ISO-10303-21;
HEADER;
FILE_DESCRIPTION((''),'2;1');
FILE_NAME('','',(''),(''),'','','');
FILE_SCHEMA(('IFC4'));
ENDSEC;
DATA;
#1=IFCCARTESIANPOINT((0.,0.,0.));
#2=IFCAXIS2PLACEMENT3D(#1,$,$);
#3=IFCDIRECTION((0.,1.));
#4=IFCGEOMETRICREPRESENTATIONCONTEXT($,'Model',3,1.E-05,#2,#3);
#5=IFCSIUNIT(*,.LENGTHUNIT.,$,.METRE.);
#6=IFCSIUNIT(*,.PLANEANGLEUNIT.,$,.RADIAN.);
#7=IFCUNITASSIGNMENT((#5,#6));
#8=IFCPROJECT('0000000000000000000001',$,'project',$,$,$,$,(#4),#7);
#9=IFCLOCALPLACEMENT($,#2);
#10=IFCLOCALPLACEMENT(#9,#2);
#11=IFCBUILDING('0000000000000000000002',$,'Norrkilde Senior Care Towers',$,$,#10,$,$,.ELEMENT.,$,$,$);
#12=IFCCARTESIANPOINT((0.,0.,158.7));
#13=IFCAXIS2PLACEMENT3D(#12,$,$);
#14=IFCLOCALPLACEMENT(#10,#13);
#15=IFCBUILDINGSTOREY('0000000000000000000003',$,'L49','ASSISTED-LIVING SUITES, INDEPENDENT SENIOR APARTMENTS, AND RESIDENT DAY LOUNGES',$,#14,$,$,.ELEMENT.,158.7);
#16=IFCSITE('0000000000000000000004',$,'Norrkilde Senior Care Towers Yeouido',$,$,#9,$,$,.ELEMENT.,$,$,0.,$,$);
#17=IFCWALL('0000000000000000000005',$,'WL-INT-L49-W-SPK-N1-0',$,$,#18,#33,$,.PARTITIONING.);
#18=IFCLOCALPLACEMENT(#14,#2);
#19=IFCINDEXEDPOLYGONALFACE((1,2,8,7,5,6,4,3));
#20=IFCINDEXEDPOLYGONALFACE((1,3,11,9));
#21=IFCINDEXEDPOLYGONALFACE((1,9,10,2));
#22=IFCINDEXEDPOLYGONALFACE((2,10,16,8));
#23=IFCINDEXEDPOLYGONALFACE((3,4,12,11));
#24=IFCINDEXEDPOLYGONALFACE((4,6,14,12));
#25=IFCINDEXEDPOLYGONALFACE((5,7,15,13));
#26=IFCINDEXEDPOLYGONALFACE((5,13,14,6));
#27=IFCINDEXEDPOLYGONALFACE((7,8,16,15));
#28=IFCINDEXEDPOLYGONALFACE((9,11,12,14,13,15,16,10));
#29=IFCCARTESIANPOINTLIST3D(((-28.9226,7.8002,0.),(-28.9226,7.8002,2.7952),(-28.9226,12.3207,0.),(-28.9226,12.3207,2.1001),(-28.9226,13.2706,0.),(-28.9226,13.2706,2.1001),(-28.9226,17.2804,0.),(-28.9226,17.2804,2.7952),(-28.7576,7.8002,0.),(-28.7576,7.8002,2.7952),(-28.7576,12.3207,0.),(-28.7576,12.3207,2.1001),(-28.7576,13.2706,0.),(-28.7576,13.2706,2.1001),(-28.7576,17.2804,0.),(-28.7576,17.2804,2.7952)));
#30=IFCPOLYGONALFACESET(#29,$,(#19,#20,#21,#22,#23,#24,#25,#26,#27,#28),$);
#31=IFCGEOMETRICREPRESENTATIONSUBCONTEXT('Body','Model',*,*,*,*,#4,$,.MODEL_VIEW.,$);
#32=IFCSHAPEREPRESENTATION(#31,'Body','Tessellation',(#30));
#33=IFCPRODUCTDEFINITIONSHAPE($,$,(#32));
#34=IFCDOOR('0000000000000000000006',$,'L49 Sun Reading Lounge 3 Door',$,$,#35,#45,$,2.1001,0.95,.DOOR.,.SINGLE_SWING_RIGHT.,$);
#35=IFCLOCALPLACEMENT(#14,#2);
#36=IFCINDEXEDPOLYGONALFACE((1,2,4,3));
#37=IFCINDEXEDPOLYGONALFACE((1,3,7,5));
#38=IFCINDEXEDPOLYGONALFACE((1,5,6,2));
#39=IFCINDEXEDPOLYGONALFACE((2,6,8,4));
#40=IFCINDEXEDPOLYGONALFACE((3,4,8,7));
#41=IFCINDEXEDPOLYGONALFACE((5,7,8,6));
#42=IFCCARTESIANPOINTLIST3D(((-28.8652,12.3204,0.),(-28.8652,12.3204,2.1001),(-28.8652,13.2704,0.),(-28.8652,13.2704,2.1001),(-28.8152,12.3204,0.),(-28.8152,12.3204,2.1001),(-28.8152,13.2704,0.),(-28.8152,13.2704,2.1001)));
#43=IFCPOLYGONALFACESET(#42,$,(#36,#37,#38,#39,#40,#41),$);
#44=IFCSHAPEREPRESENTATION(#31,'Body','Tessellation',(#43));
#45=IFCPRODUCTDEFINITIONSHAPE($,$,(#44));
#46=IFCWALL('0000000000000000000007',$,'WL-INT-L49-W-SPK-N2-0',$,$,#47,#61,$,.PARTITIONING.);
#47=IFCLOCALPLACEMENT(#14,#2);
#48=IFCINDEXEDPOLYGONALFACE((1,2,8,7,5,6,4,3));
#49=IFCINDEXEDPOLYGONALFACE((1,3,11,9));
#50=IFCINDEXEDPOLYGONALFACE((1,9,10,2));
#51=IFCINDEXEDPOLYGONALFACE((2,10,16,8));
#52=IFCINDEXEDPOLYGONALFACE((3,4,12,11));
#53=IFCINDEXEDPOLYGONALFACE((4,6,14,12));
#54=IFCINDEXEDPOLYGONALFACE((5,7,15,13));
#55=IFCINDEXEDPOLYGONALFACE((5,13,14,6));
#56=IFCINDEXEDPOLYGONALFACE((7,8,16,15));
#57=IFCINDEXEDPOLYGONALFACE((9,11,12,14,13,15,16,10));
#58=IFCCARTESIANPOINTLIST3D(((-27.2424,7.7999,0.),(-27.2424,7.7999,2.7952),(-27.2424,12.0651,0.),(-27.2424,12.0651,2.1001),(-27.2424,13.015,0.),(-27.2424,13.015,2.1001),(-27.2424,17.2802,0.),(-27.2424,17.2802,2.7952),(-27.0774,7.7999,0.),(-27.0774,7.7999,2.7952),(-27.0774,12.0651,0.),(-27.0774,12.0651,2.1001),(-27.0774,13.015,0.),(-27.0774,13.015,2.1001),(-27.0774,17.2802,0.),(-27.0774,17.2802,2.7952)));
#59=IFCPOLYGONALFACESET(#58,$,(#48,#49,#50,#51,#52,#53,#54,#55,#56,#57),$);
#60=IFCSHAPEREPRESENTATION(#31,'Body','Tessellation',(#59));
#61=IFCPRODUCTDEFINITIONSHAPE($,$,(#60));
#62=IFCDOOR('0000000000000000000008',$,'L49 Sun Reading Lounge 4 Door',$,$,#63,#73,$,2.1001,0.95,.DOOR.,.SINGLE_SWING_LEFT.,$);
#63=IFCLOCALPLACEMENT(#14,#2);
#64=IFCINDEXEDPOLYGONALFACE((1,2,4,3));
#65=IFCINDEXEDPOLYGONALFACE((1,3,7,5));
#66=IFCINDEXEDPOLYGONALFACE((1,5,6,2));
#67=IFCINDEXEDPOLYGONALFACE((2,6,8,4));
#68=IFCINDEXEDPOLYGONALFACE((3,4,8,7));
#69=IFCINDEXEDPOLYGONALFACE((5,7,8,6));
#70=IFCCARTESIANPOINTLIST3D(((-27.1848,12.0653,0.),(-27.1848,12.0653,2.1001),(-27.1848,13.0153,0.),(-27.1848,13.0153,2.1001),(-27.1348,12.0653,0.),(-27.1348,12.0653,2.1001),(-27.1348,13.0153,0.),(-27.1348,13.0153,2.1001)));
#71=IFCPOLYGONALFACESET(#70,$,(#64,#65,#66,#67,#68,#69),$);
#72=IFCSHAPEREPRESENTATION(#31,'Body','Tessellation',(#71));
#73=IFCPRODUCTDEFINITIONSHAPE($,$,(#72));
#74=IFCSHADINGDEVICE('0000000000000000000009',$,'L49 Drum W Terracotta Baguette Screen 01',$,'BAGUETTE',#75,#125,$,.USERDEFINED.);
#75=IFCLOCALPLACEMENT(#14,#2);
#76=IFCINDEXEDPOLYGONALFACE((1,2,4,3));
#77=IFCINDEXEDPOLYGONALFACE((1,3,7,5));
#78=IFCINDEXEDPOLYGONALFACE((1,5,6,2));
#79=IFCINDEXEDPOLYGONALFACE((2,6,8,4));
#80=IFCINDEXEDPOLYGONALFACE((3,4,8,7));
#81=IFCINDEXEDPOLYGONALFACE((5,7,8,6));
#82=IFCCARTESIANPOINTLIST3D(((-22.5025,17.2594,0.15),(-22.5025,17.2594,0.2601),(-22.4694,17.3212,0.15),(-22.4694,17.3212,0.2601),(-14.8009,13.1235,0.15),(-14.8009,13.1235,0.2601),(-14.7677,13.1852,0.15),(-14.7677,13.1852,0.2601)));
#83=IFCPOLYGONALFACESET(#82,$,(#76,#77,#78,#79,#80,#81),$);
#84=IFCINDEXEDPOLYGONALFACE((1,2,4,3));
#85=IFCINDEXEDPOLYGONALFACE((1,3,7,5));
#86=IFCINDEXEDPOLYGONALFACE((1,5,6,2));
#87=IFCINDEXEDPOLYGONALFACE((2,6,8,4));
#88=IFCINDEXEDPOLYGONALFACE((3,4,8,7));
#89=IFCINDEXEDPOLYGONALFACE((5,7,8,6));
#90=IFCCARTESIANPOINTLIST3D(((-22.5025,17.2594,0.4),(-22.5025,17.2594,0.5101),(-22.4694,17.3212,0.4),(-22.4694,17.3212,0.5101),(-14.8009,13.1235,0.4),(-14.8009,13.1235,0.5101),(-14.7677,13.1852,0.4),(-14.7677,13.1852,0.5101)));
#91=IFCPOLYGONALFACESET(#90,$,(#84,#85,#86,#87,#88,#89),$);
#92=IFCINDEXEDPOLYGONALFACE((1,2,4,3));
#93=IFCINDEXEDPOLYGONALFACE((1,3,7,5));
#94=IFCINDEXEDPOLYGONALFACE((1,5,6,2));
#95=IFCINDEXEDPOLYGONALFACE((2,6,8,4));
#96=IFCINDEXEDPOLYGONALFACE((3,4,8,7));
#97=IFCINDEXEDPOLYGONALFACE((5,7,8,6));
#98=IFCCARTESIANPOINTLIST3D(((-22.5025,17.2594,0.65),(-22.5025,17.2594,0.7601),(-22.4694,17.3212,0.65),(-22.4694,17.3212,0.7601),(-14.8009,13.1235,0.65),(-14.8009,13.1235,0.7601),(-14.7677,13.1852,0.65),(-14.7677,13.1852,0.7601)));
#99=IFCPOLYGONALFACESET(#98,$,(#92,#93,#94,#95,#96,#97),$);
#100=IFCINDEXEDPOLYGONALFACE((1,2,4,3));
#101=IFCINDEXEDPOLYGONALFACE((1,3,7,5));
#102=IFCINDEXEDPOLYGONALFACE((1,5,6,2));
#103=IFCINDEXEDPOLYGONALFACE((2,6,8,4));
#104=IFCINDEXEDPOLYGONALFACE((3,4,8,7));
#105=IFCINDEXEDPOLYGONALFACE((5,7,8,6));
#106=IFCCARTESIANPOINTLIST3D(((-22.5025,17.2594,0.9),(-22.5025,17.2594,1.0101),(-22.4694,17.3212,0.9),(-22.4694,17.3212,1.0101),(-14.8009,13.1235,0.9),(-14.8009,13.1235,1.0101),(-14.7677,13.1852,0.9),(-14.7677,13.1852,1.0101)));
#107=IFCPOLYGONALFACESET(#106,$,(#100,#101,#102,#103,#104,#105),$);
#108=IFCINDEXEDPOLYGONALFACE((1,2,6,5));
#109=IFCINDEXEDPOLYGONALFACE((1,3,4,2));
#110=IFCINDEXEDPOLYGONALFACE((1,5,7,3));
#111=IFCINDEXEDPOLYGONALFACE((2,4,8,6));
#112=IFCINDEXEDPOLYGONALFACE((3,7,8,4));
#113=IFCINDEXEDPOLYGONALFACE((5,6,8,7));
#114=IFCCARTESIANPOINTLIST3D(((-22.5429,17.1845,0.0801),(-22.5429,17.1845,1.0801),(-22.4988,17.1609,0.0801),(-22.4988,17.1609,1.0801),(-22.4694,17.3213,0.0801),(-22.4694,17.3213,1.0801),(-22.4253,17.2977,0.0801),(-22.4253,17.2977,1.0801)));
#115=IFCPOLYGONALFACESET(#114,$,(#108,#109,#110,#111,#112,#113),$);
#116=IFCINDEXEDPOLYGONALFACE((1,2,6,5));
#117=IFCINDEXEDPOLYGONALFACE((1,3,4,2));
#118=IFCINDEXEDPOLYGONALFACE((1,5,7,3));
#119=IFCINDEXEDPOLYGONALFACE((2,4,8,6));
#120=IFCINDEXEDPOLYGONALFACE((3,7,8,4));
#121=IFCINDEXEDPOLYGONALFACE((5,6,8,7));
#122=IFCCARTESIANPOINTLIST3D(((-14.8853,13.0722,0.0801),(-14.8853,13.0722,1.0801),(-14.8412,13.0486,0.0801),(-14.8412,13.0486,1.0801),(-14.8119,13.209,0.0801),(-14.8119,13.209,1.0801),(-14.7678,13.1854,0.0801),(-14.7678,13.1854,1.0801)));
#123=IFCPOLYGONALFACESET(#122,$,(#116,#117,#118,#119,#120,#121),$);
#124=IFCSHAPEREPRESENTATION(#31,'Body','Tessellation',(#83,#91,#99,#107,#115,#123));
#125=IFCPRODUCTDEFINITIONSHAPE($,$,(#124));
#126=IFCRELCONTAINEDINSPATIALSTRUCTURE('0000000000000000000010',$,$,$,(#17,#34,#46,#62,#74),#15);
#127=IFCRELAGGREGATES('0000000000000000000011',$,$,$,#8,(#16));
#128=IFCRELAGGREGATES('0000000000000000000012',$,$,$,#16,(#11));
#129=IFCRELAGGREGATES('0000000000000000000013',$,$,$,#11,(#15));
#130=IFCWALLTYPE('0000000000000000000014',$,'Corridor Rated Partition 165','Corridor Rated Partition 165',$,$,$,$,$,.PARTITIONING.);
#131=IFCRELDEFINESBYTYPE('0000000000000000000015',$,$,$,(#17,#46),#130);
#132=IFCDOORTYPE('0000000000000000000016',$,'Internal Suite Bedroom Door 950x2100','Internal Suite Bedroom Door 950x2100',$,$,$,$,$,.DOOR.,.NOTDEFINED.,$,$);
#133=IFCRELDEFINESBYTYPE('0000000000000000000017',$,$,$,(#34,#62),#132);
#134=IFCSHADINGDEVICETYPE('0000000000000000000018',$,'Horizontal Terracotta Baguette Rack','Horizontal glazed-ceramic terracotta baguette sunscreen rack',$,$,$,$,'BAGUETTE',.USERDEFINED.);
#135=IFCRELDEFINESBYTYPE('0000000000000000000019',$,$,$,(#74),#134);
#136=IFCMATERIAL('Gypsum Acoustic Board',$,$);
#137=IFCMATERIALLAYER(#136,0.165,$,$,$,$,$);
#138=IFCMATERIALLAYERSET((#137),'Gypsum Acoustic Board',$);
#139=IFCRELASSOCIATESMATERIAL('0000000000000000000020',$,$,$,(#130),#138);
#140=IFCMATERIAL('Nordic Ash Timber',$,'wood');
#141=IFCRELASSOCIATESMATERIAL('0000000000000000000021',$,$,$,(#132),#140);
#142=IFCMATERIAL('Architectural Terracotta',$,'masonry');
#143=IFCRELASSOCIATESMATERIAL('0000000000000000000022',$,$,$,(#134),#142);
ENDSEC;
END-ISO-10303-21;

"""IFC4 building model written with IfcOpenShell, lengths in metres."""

from ifc_helpers import new_model, si_unit, direction, frame, frame_2d, origin, origin_2d, place, context, subcontext, project, spatial, rectangle, extrude, source, transform, mapped, material, layer, layer_set, type_object, type_shapes, element, fill, save


model = new_model("IFC4")

# Units and contexts
model_context = context("Model", 3, precision=1e-05, world=origin(), true_north=direction((0.0, 1.0)))
body_context = subcontext(model_context, "Body", "Model", "MODEL_VIEW")
ifc_project = project(units=[si_unit("LENGTHUNIT", "METRE"), si_unit("PLANEANGLEUNIT", "RADIAN")], contexts=[model_context])

# Site, building, storey
site_placement = place(None, origin())
site = spatial("IfcSite", under=ifc_project, at=site_placement, Name="Norrkilde Senior Care Towers Yeouido", CompositionType="ELEMENT", RefElevation=0.0)
building_placement = place(site_placement, origin())
building = spatial("IfcBuilding", under=site, at=building_placement, Name="Norrkilde Senior Care Towers", CompositionType="ELEMENT")
storey_placement = place(building_placement, frame((0.0, 0.0, 158.7)))
storey = spatial("IfcBuildingStorey", under=building, at=storey_placement, Name="L49", Description="ASSISTED-LIVING SUITES, INDEPENDENT SENIOR APARTMENTS, AND RESIDENT DAY LOUNGES", CompositionType="ELEMENT", Elevation=158.7)

# Shared definitions
ifc_material_1 = material(Name="Gypsum Acoustic Board")
ifc_layer_1 = layer(ifc_material_1, 0.165)
ifc_layer_set_1 = layer_set([ifc_layer_1], Name="Gypsum Acoustic Board")
wall_type_1 = type_object("IfcWallType", Name="Corridor Rated Partition 165", Description="Corridor Rated Partition 165", PredefinedType="PARTITIONING", material=ifc_layer_set_1)

# Walls, openings, doors
ifc_material_2 = material(Name="Nordic Ash Timber", Category="wood")
shared_shape_1 = source(origin(), body_context, "Body", "SweptSolid", [
    extrude(rectangle(XDim=9.4802, YDim=0.165, at=frame_2d((4.7402, 0.0))), origin(), (0.0, 0.0, 1.0), 2.7952),
])
wall_1_placement = place(storey_placement, frame((-28.8401, 7.8, 0.0), z_axis=(0.0, 0.0, 1.0), x_axis=(0.0, 1.0, 0.0)))
wall_1 = element("IfcWall", 1, at=wall_1_placement, inside=storey, type_object=wall_type_1, Name="WL-INT-L49-W-SPK-N1-0", PredefinedType="PARTITIONING", context=body_context, shape_type="MappedRepresentation", body=[
    mapped(shared_shape_1, transform((0.0, 0.0, 0.0), x_axis=(1.0, 0.0, 0.0), y_axis=(0.0, 1.0, 0.0), z_axis=(0.0, 0.0, 1.0), scale=1.0)),
])
opening_1_placement = place(wall_1_placement, frame((4.5205, 0.0, 0.0)))
opening_1 = element("IfcOpeningElement", 2, at=opening_1_placement, cuts=wall_1, PredefinedType="OPENING", context=body_context, shape_type="SweptSolid", body=[
    extrude(rectangle(XDim=0.95, YDim=2.1001, at=frame_2d((0.4751, 1.05))), frame((0.0, 0.0925, 0.0), z_axis=(0.0, -1.0, 0.0), x_axis=(1.0, 0.0, 0.0)), (0.0, 0.0, 1.0), 0.1851),
])
door_type_1 = type_object("IfcDoorType", Name="Internal Suite Bedroom Door 950x2100", Description="Internal Suite Bedroom Door 950x2100", OperationType="NOTDEFINED", PredefinedType="DOOR", material=ifc_material_2)
shared_shape_2 = source(origin(), body_context, "Body", "SweptSolid", [
    extrude(rectangle(XDim=0.95, YDim=2.1001, at=frame_2d((0.4751, 1.05))), frame((0.0, 0.0249, 0.0), z_axis=(0.0, -1.0, 0.0), x_axis=(1.0, 0.0, 0.0)), (0.0, 0.0, 1.0), 0.05),
])
type_shapes(door_type_1, [shared_shape_2])
door_1_placement = place(opening_1_placement, frame((0.95, 0.0, 0.0), z_axis=(0.0, 0.0, 1.0), x_axis=(-1.0, 0.0, 0.0)))
door_1 = element("IfcDoor", 3, at=door_1_placement, inside=storey, type_object=door_type_1, Name="L49 Sun Reading Lounge 3 Door", OperationType="SINGLE_SWING_RIGHT", OverallHeight=2.1001, OverallWidth=0.95, PredefinedType="DOOR", context=body_context, shape_type="MappedRepresentation", body=[
    mapped(shared_shape_2, transform((0.0, 0.0, 0.0), x_axis=(1.0, 0.0, 0.0), y_axis=(0.0, 1.0, 0.0), z_axis=(0.0, 0.0, 1.0), scale=1.0)),
])
fill(opening_1, door_1)
wall_2_placement = place(storey_placement, frame((-27.1599, 17.2803, 0.0), z_axis=(0.0, 0.0, 1.0), x_axis=(0.0, -1.0, 0.0)))
wall_2 = element("IfcWall", 4, at=wall_2_placement, inside=storey, type_object=wall_type_1, Name="WL-INT-L49-W-SPK-N2-0", PredefinedType="PARTITIONING", context=body_context, shape_type="MappedRepresentation", body=[
    mapped(shared_shape_1, transform((0.0, 0.0, 0.0), x_axis=(1.0, 0.0, 0.0), y_axis=(0.0, 1.0, 0.0), z_axis=(0.0, 0.0, 1.0), scale=1.0)),
])
opening_2_placement = place(wall_2_placement, frame((4.2651, 0.0, 0.0)))
opening_2 = element("IfcOpeningElement", 5, at=opening_2_placement, cuts=wall_2, PredefinedType="OPENING", context=body_context, shape_type="SweptSolid", body=[
    extrude(rectangle(XDim=0.95, YDim=2.1001, at=frame_2d((0.4751, 1.05))), frame((0.0, 0.0925, 0.0), z_axis=(0.0, -1.0, 0.0), x_axis=(1.0, 0.0, 0.0)), (0.0, 0.0, 1.0), 0.1851),
])
door_2_placement = place(opening_2_placement, frame((0.95, 0.0, 0.0), z_axis=(0.0, 0.0, 1.0), x_axis=(-1.0, 0.0, 0.0)))
door_2 = element("IfcDoor", 6, at=door_2_placement, inside=storey, type_object=door_type_1, Name="L49 Sun Reading Lounge 4 Door", OperationType="SINGLE_SWING_LEFT", OverallHeight=2.1001, OverallWidth=0.95, PredefinedType="DOOR", context=body_context, shape_type="MappedRepresentation", body=[
    mapped(shared_shape_2, transform((0.0, 0.0, 0.0), x_axis=(1.0, 0.0, 0.0), y_axis=(0.0, 1.0, 0.0), z_axis=(0.0, 0.0, 1.0), scale=1.0)),
])
fill(opening_2, door_2)

# Shading device
ifc_material_3 = material(Name="Architectural Terracotta", Category="masonry")
shading_device_type = type_object("IfcShadingDeviceType", Name="Horizontal Terracotta Baguette Rack", Description="Horizontal glazed-ceramic terracotta baguette sunscreen rack", ElementType="BAGUETTE", PredefinedType="USERDEFINED", material=ifc_material_3)
shared_shape_3 = source(origin(), body_context, "Body", "SweptSolid", [
    extrude(rectangle(XDim=0.0701, YDim=0.1101, at=origin_2d()), frame((0.0, 0.0901, 0.125), z_axis=(1.0, 0.0, 0.0), x_axis=(0.0, 1.0, 0.0)), (0.0, 0.0, 1.0), 8.7419),
    extrude(rectangle(XDim=0.0701, YDim=0.1101, at=origin_2d()), frame((0.0, 0.0901, 0.375), z_axis=(1.0, 0.0, 0.0), x_axis=(0.0, 1.0, 0.0)), (0.0, 0.0, 1.0), 8.7419),
    extrude(rectangle(XDim=0.0701, YDim=0.1101, at=origin_2d()), frame((0.0, 0.0901, 0.625), z_axis=(1.0, 0.0, 0.0), x_axis=(0.0, 1.0, 0.0)), (0.0, 0.0, 1.0), 8.7419),
    extrude(rectangle(XDim=0.0701, YDim=0.1101, at=origin_2d()), frame((0.0, 0.0901, 0.875), z_axis=(1.0, 0.0, 0.0), x_axis=(0.0, 1.0, 0.0)), (0.0, 0.0, 1.0), 8.7419),
    extrude(rectangle(XDim=0.05, YDim=0.1553, at=origin_2d()), frame((0.0249, 0.0476, 0.0)), (0.0, 0.0, 1.0), 1.0),
    extrude(rectangle(XDim=0.05, YDim=0.1553, at=origin_2d()), frame((8.7168, 0.0476, 0.0)), (0.0, 0.0, 1.0), 1.0),
])
type_shapes(shading_device_type, [shared_shape_3])
shading_device_placement = place(storey_placement, frame((-22.5286, 17.2109, 0.0801), z_axis=(0.0, 0.0, 1.0), x_axis=(0.881001, -0.47312, 0.0)))
element("IfcShadingDevice", 7, at=shading_device_placement, inside=storey, type_object=shading_device_type, Name="L49 Drum W Terracotta Baguette Screen 01", ObjectType="BAGUETTE", PredefinedType="USERDEFINED", context=body_context, shape_type="MappedRepresentation", body=[
    mapped(shared_shape_3, transform((0.0, 0.0, 0.0), x_axis=(1.0, 0.0, 0.0), y_axis=(0.0, 1.0, 0.0), z_axis=(0.0, 0.0, 1.0), scale=1.0)),
])

save(model, "model.ifc")
